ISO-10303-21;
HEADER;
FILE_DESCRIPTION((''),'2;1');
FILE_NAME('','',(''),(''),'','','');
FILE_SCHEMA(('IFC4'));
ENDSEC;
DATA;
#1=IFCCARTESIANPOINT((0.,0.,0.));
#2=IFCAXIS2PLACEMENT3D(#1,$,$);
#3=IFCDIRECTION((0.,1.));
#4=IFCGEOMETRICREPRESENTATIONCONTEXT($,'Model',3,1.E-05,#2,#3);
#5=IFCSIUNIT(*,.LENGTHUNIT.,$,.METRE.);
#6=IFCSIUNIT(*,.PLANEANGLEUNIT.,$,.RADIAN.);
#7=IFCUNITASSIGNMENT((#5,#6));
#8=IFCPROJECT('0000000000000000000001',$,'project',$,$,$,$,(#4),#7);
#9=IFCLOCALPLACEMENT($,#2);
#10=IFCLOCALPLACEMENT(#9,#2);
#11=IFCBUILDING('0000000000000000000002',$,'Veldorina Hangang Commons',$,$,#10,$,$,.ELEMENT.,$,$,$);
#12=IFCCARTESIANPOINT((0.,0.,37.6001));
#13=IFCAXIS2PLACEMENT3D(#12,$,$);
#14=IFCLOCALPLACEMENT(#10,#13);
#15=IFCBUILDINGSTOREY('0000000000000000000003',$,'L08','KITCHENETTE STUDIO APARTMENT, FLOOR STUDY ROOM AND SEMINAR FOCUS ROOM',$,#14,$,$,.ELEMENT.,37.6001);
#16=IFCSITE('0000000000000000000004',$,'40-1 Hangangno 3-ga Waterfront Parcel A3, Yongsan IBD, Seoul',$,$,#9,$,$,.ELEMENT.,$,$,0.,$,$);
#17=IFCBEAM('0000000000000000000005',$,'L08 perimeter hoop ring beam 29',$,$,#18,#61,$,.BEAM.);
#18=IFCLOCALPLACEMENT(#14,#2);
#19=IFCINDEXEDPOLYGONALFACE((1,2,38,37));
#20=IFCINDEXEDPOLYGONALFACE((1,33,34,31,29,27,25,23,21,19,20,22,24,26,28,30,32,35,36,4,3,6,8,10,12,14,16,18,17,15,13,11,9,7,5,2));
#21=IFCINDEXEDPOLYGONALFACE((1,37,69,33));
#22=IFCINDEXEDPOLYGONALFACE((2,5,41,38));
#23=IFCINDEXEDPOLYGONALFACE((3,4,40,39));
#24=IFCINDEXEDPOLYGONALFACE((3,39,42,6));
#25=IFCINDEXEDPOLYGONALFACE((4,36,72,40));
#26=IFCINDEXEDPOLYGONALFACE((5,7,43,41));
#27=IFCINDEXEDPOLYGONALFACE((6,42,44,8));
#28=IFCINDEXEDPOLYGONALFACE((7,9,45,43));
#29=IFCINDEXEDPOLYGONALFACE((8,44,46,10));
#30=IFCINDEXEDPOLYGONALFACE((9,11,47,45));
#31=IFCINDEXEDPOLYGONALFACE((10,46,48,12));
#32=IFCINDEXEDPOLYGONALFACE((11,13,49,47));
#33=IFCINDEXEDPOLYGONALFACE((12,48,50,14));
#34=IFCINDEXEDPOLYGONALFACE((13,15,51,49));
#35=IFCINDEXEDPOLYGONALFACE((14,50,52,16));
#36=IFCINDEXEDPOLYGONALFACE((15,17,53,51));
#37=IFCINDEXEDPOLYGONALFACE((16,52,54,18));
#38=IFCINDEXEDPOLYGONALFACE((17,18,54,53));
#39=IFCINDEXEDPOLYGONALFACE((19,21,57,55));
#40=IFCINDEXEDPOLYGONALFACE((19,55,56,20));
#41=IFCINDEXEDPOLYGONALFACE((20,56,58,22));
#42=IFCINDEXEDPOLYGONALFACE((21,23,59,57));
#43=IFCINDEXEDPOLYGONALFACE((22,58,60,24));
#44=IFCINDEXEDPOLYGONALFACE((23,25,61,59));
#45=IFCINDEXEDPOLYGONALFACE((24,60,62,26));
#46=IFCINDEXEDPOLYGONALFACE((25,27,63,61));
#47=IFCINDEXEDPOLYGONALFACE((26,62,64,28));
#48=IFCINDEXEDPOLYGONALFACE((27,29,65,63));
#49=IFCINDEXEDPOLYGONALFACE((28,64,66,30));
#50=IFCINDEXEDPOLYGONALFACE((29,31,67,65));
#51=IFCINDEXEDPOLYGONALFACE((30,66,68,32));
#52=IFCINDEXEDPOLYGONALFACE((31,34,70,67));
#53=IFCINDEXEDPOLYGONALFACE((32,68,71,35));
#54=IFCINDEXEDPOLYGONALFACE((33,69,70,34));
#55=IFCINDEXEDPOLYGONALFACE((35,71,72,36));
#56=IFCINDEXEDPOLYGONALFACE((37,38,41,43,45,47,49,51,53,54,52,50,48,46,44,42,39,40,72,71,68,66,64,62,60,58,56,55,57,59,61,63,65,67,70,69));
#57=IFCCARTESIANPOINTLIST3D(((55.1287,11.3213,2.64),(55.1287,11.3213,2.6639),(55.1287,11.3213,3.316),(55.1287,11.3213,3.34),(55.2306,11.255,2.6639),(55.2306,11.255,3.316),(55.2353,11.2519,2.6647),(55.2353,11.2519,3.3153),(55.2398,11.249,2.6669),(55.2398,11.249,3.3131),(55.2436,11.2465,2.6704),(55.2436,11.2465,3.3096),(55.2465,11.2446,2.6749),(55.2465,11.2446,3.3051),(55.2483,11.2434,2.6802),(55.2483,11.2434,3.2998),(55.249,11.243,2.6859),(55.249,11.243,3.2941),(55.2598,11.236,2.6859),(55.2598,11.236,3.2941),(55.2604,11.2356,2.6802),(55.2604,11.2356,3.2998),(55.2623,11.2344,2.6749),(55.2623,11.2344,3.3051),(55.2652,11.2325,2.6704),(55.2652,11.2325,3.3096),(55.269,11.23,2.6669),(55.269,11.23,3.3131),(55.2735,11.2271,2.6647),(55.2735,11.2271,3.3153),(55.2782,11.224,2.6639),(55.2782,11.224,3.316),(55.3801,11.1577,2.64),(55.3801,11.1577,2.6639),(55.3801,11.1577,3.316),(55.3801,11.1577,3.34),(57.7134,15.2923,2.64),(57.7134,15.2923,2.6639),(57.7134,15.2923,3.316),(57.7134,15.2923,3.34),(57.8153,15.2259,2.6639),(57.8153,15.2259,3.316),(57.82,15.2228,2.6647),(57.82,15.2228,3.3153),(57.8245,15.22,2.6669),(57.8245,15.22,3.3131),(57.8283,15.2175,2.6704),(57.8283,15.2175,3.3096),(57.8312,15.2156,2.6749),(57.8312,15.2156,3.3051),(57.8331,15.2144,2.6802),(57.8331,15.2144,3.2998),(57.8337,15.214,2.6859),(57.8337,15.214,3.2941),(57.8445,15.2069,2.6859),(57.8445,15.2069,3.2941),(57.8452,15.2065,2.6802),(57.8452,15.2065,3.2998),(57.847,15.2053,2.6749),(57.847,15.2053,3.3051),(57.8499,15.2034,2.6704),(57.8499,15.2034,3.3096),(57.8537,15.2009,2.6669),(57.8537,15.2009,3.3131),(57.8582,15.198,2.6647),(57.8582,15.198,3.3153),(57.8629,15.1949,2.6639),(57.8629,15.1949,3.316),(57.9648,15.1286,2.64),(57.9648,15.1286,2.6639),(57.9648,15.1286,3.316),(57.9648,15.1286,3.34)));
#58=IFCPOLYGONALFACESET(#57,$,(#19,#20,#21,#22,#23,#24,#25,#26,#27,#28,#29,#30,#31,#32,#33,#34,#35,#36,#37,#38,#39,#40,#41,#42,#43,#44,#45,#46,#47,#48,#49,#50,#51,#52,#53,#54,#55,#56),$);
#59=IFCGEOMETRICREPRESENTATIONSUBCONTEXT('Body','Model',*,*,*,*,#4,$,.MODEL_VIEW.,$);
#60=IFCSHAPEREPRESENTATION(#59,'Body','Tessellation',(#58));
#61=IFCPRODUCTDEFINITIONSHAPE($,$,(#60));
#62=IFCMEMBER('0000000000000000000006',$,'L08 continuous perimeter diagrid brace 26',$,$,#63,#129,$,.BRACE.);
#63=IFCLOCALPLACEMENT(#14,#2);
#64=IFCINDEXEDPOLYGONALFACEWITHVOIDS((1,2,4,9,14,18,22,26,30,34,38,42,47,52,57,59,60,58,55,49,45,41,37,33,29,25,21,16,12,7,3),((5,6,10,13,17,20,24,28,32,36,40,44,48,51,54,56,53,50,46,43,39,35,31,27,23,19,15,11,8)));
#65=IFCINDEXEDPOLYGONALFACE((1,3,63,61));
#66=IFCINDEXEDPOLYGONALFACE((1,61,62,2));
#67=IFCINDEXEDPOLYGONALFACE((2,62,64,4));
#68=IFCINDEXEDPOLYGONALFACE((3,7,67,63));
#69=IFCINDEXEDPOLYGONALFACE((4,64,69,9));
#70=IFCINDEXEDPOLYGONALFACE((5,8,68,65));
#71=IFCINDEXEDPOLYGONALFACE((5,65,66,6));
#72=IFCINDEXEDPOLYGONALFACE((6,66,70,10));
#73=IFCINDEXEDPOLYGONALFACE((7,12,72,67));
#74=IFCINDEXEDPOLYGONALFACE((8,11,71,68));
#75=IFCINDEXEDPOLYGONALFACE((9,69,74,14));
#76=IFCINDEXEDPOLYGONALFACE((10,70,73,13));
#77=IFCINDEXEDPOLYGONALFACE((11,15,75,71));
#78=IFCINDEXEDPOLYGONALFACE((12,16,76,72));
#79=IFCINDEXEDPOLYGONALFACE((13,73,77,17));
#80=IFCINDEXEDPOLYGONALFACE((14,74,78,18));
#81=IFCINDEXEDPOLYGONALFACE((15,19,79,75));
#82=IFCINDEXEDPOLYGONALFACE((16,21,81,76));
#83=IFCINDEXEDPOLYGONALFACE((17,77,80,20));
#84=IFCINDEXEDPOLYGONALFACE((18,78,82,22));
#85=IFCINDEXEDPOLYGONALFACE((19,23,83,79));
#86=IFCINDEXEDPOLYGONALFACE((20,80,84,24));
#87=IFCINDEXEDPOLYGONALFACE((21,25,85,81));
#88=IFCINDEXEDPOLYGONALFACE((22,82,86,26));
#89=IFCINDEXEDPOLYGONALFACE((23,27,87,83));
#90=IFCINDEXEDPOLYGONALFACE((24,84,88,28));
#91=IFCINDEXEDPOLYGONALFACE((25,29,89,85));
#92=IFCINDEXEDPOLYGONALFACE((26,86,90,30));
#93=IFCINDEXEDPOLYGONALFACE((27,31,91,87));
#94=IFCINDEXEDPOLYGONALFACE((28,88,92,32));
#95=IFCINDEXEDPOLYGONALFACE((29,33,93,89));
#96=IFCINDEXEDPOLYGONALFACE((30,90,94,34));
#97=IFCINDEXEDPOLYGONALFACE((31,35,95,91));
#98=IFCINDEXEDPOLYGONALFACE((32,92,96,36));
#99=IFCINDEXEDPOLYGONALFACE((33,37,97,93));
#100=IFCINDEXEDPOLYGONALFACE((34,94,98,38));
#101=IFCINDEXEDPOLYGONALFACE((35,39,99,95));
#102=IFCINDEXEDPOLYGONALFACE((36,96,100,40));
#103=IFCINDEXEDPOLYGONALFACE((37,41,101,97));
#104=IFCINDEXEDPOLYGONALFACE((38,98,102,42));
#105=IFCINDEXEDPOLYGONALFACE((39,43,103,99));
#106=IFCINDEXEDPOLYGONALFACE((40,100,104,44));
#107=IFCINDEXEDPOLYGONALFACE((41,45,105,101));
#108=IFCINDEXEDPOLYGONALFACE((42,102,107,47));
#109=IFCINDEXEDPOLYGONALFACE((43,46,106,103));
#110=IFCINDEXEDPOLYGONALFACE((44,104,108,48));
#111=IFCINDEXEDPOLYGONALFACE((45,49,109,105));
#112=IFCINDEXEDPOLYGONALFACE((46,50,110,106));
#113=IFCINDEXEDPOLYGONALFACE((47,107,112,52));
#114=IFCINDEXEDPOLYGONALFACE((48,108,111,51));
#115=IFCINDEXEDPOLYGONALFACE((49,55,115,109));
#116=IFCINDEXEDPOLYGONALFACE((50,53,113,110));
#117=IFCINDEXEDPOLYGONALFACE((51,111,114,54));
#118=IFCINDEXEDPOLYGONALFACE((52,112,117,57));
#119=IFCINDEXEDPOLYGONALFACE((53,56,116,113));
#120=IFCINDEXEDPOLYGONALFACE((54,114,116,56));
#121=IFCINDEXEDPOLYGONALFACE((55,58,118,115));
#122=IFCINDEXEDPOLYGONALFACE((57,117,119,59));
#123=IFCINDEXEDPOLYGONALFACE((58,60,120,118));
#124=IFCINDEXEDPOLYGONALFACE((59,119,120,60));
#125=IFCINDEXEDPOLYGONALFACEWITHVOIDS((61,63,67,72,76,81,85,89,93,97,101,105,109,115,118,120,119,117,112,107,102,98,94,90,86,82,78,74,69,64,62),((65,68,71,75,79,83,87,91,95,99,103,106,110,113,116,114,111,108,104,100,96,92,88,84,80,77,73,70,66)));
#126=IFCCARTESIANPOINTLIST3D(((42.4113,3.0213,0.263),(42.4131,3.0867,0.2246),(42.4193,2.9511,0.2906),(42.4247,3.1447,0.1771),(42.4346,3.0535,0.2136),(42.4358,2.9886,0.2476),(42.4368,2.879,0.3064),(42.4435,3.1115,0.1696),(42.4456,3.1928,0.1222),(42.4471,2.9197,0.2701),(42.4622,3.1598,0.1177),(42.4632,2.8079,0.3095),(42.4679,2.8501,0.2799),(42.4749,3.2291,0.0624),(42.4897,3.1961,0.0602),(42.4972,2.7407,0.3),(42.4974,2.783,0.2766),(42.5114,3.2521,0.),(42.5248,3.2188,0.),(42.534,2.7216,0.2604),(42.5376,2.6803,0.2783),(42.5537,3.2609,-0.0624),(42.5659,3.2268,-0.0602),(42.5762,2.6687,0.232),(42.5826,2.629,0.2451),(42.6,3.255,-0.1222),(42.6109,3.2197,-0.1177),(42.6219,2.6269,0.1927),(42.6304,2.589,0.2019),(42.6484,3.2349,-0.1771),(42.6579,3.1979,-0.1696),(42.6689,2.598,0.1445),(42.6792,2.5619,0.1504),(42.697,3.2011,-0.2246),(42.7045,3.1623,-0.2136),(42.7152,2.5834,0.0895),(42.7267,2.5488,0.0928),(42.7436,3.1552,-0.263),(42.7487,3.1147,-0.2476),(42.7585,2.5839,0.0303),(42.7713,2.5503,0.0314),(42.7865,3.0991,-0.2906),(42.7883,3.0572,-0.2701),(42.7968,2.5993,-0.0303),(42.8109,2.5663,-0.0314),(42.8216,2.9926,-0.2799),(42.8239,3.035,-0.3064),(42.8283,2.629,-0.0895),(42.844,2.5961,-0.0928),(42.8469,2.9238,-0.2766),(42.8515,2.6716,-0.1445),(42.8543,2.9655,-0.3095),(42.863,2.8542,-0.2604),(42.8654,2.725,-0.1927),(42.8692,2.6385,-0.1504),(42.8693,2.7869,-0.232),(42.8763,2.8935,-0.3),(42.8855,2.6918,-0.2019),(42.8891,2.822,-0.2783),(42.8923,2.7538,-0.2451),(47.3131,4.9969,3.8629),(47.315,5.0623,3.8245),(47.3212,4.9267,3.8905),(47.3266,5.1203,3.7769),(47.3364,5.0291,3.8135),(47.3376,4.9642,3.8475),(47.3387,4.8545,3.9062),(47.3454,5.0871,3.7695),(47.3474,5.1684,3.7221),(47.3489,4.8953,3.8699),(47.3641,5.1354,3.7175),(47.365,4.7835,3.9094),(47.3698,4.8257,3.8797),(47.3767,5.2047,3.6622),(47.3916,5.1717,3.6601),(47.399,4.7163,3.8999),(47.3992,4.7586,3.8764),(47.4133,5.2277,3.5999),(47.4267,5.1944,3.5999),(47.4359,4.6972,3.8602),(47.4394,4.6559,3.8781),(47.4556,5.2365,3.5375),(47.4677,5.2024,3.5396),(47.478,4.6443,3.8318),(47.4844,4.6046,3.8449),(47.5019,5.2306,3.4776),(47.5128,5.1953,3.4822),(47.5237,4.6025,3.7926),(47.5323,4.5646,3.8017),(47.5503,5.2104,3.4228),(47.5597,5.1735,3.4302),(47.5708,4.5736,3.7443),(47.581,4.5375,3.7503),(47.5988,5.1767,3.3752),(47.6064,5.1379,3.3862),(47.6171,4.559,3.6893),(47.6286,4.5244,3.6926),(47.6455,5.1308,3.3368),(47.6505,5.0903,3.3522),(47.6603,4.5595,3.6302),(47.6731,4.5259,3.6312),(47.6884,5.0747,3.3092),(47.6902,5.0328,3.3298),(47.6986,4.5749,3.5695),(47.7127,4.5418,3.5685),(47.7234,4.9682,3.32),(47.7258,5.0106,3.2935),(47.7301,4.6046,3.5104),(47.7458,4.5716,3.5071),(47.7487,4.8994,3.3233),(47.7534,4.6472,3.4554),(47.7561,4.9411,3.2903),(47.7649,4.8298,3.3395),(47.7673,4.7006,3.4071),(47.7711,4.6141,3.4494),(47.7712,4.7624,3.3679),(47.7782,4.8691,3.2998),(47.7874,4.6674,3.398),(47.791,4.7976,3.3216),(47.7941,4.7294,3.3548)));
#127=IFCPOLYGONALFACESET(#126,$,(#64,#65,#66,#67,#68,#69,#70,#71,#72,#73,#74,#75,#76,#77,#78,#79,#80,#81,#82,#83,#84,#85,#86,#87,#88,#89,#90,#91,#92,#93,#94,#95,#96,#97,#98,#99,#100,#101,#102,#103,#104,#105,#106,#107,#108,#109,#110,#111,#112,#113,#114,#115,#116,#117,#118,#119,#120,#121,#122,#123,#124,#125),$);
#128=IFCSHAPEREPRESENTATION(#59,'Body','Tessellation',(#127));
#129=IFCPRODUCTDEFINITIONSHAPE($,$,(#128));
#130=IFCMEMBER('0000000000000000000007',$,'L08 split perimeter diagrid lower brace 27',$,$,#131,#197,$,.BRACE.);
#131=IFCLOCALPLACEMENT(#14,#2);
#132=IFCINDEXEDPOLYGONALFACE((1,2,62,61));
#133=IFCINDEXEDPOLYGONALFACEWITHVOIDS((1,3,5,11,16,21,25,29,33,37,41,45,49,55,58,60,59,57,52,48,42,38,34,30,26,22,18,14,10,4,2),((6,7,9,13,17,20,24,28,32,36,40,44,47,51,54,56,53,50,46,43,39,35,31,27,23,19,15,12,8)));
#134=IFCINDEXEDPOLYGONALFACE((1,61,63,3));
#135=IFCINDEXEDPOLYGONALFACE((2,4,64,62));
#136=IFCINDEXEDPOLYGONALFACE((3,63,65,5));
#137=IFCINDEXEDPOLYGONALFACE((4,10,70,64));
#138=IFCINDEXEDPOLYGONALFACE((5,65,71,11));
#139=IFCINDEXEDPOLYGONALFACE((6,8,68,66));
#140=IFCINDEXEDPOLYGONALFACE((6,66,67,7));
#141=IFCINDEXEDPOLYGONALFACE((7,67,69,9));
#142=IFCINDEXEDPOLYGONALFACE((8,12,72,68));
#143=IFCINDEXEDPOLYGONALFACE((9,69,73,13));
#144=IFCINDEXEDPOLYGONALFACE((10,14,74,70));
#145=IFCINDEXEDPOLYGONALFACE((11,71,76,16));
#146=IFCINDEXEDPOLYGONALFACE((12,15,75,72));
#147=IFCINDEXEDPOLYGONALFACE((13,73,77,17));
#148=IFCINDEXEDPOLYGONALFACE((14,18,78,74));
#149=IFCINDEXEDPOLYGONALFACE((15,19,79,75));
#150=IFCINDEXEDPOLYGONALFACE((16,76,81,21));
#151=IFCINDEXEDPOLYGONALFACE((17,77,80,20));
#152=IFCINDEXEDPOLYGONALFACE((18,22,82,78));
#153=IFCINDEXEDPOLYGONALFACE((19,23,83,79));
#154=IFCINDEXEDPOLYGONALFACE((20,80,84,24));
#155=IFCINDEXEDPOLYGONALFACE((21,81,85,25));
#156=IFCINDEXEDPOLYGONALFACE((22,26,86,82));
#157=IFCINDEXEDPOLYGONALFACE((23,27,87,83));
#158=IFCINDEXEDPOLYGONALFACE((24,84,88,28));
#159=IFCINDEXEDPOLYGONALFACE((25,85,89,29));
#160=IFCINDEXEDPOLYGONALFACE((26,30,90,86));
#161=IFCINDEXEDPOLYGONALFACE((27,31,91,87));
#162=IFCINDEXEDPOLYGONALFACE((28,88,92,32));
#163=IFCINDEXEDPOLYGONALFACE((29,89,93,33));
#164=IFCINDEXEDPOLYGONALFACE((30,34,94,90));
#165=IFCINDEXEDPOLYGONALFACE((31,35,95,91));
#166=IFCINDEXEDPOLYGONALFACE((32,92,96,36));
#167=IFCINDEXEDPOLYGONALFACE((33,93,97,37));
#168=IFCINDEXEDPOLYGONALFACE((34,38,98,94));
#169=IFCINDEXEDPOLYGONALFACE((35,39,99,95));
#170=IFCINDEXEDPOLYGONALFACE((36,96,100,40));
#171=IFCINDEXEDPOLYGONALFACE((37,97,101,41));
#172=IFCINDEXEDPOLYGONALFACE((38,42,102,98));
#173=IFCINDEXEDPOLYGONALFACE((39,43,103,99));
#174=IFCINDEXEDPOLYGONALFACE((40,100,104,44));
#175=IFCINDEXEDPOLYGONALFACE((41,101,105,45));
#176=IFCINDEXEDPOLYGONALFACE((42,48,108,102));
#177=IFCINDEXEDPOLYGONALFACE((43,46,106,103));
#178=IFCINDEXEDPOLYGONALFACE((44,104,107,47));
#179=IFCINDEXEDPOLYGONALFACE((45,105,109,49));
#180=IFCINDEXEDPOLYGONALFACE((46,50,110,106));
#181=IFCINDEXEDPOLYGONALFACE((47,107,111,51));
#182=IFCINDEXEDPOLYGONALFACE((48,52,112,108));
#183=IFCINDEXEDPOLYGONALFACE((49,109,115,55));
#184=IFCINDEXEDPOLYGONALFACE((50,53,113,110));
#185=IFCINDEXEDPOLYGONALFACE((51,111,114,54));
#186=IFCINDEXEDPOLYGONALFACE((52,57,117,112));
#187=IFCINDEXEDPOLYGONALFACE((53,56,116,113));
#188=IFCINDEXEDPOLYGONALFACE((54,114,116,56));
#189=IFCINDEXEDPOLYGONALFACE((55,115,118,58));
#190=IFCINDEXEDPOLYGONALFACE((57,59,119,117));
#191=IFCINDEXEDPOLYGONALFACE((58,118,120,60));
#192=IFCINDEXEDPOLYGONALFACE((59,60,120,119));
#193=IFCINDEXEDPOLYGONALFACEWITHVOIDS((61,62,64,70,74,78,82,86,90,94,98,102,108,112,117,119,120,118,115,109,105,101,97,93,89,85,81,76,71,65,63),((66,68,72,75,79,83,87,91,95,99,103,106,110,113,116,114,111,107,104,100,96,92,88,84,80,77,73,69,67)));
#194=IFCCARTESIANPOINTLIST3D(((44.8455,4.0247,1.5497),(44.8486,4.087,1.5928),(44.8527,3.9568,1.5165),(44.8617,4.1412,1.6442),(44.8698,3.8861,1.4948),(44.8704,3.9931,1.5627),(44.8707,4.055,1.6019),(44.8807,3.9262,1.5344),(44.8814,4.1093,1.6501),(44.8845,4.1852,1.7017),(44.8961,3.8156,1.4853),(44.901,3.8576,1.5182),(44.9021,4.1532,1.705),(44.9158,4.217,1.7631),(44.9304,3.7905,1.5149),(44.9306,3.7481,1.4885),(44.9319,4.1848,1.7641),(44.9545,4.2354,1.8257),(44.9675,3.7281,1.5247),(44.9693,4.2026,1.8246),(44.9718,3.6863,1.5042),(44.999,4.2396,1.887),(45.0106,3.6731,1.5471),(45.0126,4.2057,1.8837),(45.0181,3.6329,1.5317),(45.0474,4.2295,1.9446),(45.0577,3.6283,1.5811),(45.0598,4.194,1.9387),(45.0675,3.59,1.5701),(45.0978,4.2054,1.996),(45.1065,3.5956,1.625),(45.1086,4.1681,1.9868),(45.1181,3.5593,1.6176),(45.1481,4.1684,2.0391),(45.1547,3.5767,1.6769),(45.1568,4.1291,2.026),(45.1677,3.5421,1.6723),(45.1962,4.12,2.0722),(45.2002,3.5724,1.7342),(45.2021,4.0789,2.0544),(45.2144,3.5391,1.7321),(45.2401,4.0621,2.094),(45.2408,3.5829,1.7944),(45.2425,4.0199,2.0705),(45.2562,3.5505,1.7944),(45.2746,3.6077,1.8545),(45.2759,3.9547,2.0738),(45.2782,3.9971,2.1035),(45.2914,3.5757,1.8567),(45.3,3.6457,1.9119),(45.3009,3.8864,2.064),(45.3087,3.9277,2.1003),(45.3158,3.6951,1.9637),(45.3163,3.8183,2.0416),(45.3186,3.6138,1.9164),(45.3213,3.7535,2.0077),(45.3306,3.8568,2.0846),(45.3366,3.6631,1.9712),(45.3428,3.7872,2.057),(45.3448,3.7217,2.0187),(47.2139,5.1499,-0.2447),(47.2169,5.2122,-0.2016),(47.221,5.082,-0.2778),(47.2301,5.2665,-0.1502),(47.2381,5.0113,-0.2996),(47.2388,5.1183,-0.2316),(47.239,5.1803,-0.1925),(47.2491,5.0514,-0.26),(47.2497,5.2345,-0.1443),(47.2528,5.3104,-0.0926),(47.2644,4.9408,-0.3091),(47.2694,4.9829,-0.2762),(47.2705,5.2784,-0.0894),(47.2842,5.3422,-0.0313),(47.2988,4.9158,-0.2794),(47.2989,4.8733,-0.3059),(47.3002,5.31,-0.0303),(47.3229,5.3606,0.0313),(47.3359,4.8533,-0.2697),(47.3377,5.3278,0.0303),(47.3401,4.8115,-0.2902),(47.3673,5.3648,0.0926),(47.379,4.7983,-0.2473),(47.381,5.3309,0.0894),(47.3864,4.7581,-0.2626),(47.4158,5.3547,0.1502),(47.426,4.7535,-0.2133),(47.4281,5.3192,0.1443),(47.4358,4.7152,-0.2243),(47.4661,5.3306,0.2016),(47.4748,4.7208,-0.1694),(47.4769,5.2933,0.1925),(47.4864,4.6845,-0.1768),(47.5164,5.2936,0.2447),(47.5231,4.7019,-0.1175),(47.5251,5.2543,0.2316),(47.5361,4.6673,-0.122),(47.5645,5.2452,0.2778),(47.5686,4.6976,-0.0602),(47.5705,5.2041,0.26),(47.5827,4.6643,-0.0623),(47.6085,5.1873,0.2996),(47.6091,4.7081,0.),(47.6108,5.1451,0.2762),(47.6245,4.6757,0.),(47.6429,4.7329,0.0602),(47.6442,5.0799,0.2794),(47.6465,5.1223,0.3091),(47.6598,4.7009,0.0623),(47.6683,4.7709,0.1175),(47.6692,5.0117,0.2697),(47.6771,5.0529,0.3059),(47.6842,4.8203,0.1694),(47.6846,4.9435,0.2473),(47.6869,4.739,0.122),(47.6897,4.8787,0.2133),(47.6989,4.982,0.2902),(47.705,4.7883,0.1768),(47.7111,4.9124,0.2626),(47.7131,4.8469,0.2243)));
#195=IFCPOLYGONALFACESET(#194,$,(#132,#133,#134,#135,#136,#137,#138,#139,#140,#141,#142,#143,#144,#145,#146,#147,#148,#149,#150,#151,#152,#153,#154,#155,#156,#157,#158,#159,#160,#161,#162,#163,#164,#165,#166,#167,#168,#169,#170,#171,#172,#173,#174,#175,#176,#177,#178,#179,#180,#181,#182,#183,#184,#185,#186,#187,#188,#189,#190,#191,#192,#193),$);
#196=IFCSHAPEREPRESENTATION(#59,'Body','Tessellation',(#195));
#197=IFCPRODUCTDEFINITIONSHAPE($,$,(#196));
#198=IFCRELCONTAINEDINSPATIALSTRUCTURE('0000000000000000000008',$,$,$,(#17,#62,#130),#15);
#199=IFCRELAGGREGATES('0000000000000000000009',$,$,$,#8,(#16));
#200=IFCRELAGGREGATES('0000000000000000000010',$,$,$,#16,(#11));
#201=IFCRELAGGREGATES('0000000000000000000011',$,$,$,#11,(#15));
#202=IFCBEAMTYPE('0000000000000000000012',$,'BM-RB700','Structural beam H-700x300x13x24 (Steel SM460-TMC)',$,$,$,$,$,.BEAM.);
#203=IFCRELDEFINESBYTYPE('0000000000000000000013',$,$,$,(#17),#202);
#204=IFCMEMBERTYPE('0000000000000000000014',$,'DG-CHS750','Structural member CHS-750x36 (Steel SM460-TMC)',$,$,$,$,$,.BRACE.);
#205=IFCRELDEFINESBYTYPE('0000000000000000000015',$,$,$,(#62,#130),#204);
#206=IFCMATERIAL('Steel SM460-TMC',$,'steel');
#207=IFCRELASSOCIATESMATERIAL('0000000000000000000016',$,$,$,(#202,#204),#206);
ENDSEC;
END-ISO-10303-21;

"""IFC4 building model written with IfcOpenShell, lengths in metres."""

from ifc_helpers import new_model, si_unit, direction, frame, origin, origin_2d, place, context, subcontext, project, spatial, hollow_circle, i_section, extrude, material, material_profile, profile_set, type_object, element, save


model = new_model("IFC4")

# Units and contexts
model_context = context("Model", 3, precision=1e-05, world=origin(), true_north=direction((0.0, 1.0)))
body_context = subcontext(model_context, "Body", "Model", "MODEL_VIEW")
ifc_project = project(units=[si_unit("LENGTHUNIT", "METRE"), si_unit("PLANEANGLEUNIT", "RADIAN")], contexts=[model_context])

# Site, building, storey
site_placement = place(None, origin())
site = spatial("IfcSite", under=ifc_project, at=site_placement, Name="40-1 Hangangno 3-ga Waterfront Parcel A3, Yongsan IBD, Seoul", CompositionType="ELEMENT", RefElevation=0.0)
building_placement = place(site_placement, origin())
building = spatial("IfcBuilding", under=site, at=building_placement, Name="Veldorina Hangang Commons", CompositionType="ELEMENT")
storey_placement = place(building_placement, frame((0.0, 0.0, 37.6001)))
storey = spatial("IfcBuildingStorey", under=building, at=storey_placement, Name="L08", Description="KITCHENETTE STUDIO APARTMENT, FLOOR STUDY ROOM AND SEMINAR FOCUS ROOM", CompositionType="ELEMENT", Elevation=37.6001)

# Beam
ifc_material_1 = material(Name="Steel SM460-TMC", Category="steel")
ifc_material_profile_1 = material_profile(ifc_material_1, i_section(OverallWidth=0.3, OverallDepth=0.7, WebThickness=0.0129, FlangeThickness=0.0239, FilletRadius=0.022, at=origin_2d()), Name="H-700x300x13x24")
ifc_profile_set_1 = profile_set([ifc_material_profile_1], Name="Steel SM460-TMC")
beam_type_1 = type_object("IfcBeamType", Name="BM-RB700", Description="Structural beam H-700x300x13x24 (Steel SM460-TMC)", PredefinedType="BEAM", material=ifc_profile_set_1)
beam_1_placement = place(storey_placement, frame((55.2544, 11.2395, 2.99), z_axis=(0.545523, 0.838096, 0.0), x_axis=(-0.838096, 0.545523, 0.0)))
element("IfcBeam", 1, at=beam_1_placement, inside=storey, type_object=beam_type_1, Name="L08 perimeter hoop ring beam 29", PredefinedType="BEAM", context=body_context, shape_type="SweptSolid", body=[
    extrude(i_section(OverallWidth=0.3, OverallDepth=0.7, WebThickness=0.0129, FlangeThickness=0.0239, FilletRadius=0.022, at=origin_2d()), origin(), (0.0, 0.0, 1.0), 4.738),
])

# Members
ifc_material_profile_2 = material_profile(ifc_material_1, hollow_circle(Radius=0.375, WallThickness=0.0359, at=origin_2d()), Name="CHS-750x36")
ifc_profile_set_2 = profile_set([ifc_material_profile_2], Name="Steel SM460-TMC")
member_type = type_object("IfcMemberType", Name="DG-CHS750", Description="Structural member CHS-750x36 (Steel SM460-TMC)", PredefinedType="BRACE", material=ifc_profile_set_2)
member_1_placement = place(storey_placement, frame((42.6516, 2.9043, 0.0), z_axis=(0.76657, 0.308949, 0.562958), x_axis=(-0.373811, 0.927505, 0.0)))
element("IfcMember", 2, at=member_1_placement, inside=storey, type_object=member_type, Name="L08 continuous perimeter diagrid brace 26", PredefinedType="BRACE", context=body_context, shape_type="SweptSolid", body=[
    extrude(hollow_circle(Radius=0.375, WallThickness=0.0359, at=origin_2d()), origin(), (0.0, 0.0, 1.0), 6.3945),
])
member_2_placement = place(storey_placement, frame((47.4636, 5.0144, 0.0), z_axis=(-0.745405, -0.354146, 0.564759), x_axis=(0.429135, -0.903241, 0.0)))
element("IfcMember", 3, at=member_2_placement, inside=storey, type_object=member_type, Name="L08 split perimeter diagrid lower brace 27", PredefinedType="BRACE", context=body_context, shape_type="SweptSolid", body=[
    extrude(hollow_circle(Radius=0.375, WallThickness=0.0359, at=origin_2d()), origin(), (0.0, 0.0, 1.0), 3.1772),
])

save(model, "model.ifc")
